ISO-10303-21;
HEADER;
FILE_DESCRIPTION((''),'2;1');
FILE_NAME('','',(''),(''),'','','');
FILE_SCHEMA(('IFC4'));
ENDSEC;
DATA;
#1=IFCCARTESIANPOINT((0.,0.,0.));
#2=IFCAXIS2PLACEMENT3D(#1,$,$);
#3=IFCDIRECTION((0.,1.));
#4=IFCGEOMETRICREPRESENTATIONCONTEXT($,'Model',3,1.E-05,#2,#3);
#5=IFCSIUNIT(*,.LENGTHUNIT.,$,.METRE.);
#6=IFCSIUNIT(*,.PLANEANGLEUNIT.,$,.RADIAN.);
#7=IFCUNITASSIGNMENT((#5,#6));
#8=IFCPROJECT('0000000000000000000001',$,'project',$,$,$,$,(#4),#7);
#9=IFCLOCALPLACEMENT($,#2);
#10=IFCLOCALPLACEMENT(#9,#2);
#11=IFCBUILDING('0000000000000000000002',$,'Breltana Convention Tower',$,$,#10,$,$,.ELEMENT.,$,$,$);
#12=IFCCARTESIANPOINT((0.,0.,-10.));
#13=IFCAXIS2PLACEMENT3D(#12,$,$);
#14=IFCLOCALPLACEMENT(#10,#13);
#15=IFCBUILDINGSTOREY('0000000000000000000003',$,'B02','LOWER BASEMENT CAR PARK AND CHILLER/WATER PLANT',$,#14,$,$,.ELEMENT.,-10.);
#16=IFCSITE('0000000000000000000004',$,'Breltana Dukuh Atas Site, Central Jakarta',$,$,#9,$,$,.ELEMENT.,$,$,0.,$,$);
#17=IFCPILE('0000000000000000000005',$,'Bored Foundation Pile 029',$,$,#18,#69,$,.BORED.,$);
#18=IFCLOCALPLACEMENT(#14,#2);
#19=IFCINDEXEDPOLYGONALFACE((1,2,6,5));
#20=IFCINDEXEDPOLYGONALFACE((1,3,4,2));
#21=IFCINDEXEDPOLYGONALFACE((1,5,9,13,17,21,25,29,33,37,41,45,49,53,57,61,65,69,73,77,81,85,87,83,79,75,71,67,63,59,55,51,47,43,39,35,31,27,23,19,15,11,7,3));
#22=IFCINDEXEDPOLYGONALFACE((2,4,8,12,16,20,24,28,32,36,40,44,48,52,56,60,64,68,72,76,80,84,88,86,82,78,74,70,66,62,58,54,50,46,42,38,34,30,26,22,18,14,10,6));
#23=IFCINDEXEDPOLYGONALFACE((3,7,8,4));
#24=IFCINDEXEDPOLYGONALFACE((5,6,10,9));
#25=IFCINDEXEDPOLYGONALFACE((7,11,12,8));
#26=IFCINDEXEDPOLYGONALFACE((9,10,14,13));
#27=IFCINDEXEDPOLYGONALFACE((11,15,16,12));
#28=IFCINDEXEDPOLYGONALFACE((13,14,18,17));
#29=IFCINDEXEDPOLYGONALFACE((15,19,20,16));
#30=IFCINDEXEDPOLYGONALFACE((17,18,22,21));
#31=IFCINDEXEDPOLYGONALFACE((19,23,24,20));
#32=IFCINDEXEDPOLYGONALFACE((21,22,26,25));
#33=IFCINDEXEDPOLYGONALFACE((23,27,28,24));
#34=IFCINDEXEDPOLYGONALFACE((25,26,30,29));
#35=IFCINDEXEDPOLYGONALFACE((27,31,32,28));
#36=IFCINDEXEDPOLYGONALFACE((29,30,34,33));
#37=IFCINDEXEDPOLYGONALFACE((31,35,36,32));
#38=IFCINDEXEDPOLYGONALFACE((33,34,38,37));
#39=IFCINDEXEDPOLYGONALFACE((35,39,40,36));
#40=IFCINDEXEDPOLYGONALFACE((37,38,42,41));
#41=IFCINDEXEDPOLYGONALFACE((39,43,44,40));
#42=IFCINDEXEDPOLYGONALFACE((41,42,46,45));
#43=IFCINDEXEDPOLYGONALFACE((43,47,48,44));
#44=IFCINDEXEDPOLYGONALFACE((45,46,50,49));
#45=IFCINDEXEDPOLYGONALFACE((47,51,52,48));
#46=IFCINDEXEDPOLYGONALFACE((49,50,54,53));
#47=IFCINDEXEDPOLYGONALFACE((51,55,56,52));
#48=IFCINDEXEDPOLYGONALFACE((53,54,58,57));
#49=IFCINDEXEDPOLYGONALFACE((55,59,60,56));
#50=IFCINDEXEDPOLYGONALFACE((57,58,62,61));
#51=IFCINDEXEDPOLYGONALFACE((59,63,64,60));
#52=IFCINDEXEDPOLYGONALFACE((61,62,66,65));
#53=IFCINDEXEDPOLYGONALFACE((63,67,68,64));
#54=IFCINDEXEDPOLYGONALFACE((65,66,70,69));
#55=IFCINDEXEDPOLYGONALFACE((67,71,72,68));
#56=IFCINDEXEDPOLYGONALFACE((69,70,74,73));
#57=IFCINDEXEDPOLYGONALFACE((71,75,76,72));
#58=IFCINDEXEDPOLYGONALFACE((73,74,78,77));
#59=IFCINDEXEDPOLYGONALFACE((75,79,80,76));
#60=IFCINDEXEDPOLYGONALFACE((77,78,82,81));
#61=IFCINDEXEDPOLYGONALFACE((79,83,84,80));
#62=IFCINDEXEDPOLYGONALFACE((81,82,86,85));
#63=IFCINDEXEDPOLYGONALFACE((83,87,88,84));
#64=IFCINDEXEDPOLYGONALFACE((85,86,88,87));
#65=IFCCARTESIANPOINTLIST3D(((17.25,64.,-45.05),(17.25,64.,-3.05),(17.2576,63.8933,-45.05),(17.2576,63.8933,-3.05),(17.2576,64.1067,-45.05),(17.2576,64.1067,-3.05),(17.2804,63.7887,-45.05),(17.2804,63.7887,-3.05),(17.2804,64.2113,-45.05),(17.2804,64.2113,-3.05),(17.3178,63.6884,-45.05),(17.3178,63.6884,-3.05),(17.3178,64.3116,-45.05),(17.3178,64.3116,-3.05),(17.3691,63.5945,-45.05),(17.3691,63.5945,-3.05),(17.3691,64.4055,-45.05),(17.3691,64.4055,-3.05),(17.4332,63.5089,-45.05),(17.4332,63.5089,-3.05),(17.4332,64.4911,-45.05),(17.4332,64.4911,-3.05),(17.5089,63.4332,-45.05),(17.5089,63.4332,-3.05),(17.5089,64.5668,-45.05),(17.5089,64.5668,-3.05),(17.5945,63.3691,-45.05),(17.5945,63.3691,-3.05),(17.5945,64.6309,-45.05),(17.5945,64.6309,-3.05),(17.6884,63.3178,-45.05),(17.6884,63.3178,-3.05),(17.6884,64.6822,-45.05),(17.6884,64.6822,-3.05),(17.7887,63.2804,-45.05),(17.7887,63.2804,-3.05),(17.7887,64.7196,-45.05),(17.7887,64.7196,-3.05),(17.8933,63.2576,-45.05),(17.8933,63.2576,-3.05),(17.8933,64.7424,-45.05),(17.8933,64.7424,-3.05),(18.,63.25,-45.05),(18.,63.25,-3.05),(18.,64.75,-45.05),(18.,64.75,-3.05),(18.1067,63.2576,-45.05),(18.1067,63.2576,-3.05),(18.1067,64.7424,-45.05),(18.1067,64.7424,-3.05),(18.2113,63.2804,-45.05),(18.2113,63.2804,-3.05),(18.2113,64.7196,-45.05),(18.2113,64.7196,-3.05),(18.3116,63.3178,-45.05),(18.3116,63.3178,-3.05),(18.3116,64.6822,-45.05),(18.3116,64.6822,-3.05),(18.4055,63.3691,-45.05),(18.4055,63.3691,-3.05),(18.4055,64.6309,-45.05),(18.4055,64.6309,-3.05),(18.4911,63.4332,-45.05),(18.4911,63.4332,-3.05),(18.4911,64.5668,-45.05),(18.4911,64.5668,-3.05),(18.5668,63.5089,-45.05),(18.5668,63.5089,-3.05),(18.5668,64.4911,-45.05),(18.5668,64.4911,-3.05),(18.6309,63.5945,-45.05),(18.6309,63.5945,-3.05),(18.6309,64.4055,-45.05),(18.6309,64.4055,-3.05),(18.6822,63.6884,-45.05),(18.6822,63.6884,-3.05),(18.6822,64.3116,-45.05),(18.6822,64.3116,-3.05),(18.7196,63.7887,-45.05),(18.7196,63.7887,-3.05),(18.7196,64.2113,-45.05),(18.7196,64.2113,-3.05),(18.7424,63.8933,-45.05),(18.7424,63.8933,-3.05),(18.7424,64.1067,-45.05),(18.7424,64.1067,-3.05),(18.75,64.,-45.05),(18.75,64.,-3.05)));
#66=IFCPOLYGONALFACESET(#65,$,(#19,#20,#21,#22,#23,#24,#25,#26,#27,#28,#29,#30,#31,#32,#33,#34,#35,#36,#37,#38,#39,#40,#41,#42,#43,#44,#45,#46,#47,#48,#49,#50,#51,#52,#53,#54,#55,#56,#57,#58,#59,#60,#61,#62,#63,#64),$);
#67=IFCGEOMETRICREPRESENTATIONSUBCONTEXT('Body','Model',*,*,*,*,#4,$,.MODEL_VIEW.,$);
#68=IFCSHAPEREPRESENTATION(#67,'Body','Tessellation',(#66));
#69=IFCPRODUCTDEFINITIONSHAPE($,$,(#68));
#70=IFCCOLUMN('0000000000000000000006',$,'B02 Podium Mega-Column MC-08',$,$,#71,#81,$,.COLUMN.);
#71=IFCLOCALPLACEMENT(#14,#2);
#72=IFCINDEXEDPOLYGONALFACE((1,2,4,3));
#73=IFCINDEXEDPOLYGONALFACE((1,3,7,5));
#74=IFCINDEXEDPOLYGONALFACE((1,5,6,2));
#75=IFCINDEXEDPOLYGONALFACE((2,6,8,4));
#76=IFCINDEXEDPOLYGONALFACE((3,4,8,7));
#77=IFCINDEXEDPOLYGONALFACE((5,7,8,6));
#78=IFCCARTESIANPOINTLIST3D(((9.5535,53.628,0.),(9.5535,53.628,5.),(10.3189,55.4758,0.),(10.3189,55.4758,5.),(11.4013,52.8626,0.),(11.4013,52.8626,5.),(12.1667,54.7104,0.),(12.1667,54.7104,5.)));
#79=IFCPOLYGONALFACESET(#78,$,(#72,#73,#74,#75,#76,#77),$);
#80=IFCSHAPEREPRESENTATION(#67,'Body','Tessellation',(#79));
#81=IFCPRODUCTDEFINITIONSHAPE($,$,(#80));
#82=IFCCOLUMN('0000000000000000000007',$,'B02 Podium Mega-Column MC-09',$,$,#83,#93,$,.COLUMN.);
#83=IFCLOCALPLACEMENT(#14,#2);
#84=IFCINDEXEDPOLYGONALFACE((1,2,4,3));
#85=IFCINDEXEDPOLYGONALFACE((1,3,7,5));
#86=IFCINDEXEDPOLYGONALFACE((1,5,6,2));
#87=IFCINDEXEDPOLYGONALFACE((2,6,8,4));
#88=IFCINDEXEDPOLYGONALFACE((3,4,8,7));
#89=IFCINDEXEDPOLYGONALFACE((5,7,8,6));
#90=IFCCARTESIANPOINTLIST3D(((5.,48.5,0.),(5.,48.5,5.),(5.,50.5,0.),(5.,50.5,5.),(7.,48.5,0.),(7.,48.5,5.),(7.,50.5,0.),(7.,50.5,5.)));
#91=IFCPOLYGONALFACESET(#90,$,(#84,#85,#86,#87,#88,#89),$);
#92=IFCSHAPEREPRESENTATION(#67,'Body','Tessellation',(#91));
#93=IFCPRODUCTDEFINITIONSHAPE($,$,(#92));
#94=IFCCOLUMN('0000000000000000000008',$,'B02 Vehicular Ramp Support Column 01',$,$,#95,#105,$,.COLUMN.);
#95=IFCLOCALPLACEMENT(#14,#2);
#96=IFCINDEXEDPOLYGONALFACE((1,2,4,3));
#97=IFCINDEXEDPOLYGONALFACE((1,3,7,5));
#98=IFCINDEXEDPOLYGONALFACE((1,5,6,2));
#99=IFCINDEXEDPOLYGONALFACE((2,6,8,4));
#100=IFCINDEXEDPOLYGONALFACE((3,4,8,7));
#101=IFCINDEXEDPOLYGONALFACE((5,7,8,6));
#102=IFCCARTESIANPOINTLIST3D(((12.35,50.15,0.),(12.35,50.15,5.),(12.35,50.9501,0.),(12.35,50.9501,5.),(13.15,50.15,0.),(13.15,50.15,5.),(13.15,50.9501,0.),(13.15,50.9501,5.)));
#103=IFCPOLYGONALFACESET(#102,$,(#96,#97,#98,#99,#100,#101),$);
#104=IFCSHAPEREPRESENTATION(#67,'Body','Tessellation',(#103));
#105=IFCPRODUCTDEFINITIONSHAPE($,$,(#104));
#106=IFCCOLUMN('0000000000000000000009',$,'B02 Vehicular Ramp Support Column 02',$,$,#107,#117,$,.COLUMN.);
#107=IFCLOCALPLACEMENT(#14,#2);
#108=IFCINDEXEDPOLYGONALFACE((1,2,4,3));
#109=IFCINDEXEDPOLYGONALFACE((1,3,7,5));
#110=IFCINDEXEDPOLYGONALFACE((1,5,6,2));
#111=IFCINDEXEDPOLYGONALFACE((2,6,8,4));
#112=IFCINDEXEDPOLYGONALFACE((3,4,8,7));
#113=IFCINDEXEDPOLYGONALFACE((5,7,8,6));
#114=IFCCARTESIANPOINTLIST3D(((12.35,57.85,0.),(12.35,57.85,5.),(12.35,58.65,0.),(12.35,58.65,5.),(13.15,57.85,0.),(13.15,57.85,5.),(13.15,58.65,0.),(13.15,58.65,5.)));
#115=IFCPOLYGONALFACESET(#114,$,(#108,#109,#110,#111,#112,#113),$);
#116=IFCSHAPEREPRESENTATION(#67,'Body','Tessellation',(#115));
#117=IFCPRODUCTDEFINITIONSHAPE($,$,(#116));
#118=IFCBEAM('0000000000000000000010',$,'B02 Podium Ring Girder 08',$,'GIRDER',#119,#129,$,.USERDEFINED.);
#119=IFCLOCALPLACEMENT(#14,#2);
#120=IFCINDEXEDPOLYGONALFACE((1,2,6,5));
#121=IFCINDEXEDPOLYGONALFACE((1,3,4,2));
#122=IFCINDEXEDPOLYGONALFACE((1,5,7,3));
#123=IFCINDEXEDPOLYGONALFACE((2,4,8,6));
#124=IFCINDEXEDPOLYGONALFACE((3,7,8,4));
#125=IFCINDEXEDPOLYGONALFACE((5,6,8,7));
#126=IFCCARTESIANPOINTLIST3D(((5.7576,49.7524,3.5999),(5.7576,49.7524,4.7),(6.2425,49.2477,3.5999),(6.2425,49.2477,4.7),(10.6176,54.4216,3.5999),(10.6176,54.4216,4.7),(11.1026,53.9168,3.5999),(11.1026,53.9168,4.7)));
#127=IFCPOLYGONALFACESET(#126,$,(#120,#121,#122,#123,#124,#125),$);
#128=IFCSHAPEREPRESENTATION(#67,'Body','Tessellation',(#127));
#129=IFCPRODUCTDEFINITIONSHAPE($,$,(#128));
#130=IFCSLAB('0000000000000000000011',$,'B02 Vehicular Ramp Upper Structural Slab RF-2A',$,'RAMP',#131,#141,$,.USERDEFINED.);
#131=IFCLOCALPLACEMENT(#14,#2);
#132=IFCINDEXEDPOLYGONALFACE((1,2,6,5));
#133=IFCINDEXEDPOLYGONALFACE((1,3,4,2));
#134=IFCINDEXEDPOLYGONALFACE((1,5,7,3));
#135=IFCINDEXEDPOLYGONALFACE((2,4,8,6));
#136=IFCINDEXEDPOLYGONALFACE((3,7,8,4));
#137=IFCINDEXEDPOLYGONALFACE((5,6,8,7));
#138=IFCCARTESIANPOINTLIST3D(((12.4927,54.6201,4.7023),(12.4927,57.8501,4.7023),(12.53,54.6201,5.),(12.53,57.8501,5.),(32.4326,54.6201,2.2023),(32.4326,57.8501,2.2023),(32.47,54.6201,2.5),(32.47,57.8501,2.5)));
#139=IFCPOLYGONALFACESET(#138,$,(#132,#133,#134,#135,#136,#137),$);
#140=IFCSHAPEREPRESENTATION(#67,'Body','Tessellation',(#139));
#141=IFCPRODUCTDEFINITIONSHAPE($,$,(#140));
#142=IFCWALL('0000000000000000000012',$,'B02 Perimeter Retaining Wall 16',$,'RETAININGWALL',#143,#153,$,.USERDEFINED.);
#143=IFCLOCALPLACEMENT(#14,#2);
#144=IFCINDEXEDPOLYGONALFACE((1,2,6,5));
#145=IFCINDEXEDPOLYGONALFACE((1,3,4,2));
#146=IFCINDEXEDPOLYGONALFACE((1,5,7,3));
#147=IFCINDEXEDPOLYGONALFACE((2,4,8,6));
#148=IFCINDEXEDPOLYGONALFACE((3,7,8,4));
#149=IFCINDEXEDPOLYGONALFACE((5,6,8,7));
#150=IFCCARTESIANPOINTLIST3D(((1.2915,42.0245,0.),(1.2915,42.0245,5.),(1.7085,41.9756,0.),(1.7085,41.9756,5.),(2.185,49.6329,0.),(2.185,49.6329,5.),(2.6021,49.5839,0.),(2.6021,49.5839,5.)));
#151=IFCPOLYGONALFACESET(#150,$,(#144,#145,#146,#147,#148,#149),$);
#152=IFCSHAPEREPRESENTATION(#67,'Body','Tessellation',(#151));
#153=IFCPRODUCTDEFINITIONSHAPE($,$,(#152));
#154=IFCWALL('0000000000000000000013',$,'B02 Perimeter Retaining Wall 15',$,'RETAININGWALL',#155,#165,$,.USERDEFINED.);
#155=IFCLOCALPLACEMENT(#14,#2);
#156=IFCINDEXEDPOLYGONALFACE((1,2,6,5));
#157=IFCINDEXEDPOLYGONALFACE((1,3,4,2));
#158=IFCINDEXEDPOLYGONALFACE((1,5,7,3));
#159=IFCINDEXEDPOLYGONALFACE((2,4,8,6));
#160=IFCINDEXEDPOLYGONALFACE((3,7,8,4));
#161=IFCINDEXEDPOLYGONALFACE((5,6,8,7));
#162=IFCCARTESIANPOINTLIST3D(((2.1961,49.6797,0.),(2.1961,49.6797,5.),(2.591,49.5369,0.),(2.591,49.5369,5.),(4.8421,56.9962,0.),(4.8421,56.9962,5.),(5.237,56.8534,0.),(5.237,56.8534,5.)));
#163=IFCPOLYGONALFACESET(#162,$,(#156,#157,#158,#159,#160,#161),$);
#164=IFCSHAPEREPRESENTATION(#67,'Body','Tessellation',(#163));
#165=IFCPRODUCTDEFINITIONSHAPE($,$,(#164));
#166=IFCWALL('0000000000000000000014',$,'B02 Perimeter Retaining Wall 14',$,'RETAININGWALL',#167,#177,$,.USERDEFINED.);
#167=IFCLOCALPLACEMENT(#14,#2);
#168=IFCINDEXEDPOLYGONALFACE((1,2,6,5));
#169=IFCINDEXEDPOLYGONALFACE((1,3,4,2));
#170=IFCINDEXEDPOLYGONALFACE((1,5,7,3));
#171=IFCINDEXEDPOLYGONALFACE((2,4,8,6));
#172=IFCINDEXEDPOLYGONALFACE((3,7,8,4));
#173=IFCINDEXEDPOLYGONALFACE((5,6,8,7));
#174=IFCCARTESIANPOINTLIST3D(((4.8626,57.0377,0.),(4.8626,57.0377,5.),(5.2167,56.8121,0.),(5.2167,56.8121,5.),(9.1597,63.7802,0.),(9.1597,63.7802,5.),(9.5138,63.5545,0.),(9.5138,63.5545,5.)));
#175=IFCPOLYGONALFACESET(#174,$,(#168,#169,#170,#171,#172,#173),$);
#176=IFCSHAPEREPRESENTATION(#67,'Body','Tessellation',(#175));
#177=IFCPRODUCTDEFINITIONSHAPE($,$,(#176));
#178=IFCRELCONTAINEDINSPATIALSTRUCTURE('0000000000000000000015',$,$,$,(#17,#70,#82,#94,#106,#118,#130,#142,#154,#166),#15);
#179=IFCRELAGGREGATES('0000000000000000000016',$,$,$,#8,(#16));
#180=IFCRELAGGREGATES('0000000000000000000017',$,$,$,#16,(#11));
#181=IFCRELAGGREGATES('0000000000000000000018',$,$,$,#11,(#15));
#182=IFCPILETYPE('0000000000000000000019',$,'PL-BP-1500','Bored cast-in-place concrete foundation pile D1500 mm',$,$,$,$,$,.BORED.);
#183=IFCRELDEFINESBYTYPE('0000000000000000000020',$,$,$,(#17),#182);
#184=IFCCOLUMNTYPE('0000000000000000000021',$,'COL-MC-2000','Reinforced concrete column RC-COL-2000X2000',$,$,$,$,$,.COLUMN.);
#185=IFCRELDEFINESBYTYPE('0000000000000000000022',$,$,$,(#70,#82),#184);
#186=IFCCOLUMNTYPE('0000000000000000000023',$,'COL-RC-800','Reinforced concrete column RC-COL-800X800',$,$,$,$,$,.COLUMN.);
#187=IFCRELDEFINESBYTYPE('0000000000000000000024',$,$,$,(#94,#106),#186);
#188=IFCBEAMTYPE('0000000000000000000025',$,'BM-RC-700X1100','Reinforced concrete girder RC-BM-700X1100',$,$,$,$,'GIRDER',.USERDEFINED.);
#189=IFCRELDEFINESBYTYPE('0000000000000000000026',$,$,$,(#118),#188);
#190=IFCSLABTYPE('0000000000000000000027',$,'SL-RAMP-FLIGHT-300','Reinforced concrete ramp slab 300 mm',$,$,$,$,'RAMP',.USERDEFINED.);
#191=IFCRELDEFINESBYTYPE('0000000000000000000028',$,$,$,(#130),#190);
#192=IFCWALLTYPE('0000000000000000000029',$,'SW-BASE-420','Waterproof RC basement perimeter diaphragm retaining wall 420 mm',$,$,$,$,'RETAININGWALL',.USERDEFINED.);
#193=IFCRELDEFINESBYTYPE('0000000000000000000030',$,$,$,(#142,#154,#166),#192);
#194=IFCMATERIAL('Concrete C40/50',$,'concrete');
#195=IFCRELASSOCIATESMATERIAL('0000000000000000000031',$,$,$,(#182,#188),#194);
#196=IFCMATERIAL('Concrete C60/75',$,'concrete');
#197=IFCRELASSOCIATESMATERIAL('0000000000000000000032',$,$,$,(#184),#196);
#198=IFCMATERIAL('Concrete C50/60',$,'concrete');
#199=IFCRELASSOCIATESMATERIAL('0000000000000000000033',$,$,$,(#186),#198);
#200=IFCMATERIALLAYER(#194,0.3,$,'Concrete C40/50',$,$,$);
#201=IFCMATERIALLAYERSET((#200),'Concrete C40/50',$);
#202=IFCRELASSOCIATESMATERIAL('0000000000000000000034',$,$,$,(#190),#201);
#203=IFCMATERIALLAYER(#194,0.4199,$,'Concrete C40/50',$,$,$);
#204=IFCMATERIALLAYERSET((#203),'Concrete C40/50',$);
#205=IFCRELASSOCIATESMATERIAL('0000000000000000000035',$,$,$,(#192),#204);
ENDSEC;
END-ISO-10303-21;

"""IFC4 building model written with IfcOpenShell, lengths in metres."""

from ifc_helpers import new_model, si_unit, direction, frame, frame_2d, origin, origin_2d, place, context, subcontext, project, spatial, polyline, rectangle, circle, outline, extrude, source, transform, mapped, material, layer, layer_set, material_profile, profile_set, type_object, type_shapes, element, save


model = new_model("IFC4")

# Units and contexts
model_context = context("Model", 3, precision=1e-05, world=origin(), true_north=direction((0.0, 1.0)))
body_context = subcontext(model_context, "Body", "Model", "MODEL_VIEW")
ifc_project = project(units=[si_unit("LENGTHUNIT", "METRE"), si_unit("PLANEANGLEUNIT", "RADIAN")], contexts=[model_context])

# Site, building, storey
site_placement = place(None, origin())
site = spatial("IfcSite", under=ifc_project, at=site_placement, Name="Breltana Dukuh Atas Site, Central Jakarta", CompositionType="ELEMENT", RefElevation=0.0)
building_placement = place(site_placement, origin())
building = spatial("IfcBuilding", under=site, at=building_placement, Name="Breltana Convention Tower", CompositionType="ELEMENT")
storey_placement = place(building_placement, frame((0.0, 0.0, -10.0)))
storey = spatial("IfcBuildingStorey", under=building, at=storey_placement, Name="B02", Description="LOWER BASEMENT CAR PARK AND CHILLER/WATER PLANT", CompositionType="ELEMENT", Elevation=-10.0)

# Pile
ifc_material_1 = material(Name="Concrete C40/50", Category="concrete")
ifc_material_profile_1 = material_profile(ifc_material_1, circle(Radius=0.75, at=origin_2d()), Name="BP-D1500")
ifc_profile_set_1 = profile_set([ifc_material_profile_1], Name="Concrete C40/50")
pile_type_1 = type_object("IfcPileType", Name="PL-BP-1500", Description="Bored cast-in-place concrete foundation pile D1500 mm", PredefinedType="BORED", material=ifc_profile_set_1)
shared_shape_1 = source(origin(), body_context, "Body", "SweptSolid", [
    extrude(circle(Radius=0.75, at=origin_2d()), origin(), (0.0, 0.0, 1.0), 42.0),
])
type_shapes(pile_type_1, [shared_shape_1])
for number, where, z_axis, x_axis, name in (
    (1, (18.0, 64.0, -3.05), (0.0, 0.0, -1.0), (1.0, 0.0, 0.0), "Bored Foundation Pile 029"),
):
    element("IfcPile", number, at=place(storey_placement, frame(where, z_axis=z_axis, x_axis=x_axis)), inside=storey, type_object=pile_type_1, Name=name, PredefinedType="BORED", context=body_context, shape_type="MappedRepresentation", body=[
        mapped(shared_shape_1, transform((0.0, 0.0, 0.0), scale=1.0)),
    ])

# Columns
ifc_material_2 = material(Name="Concrete C60/75", Category="concrete")
ifc_material_profile_2 = material_profile(ifc_material_2, rectangle(XDim=2.0, YDim=2.0, at=origin_2d()), Name="RC-COL-2000X2000")
ifc_profile_set_2 = profile_set([ifc_material_profile_2], Name="Concrete C60/75")
column_type_1 = type_object("IfcColumnType", Name="COL-MC-2000", Description="Reinforced concrete column RC-COL-2000X2000", PredefinedType="COLUMN", material=ifc_profile_set_2)
shared_shape_2 = source(origin(), body_context, "Body", "SweptSolid", [
    extrude(rectangle(XDim=2.0, YDim=2.0, at=origin_2d()), origin(), (0.0, 0.0, 1.0), 5.0),
])
type_shapes(column_type_1, [shared_shape_2])
for number, where, z_axis, x_axis, name in (
    (2, (10.8601, 54.1692, 0.0), (0.0, 0.0, 1.0), (-0.92388, 0.382683, 0.0), "B02 Podium Mega-Column MC-08"),
    (3, (6.0, 49.5, 0.0), (0.0, 0.0, 1.0), (-1.0, 0.0, 0.0), "B02 Podium Mega-Column MC-09"),
):
    element("IfcColumn", number, at=place(storey_placement, frame(where, z_axis=z_axis, x_axis=x_axis)), inside=storey, type_object=column_type_1, Name=name, PredefinedType="COLUMN", context=body_context, shape_type="MappedRepresentation", body=[
        mapped(shared_shape_2, transform((0.0, 0.0, 0.0), scale=1.0)),
    ])
ifc_material_3 = material(Name="Concrete C50/60", Category="concrete")
ifc_material_profile_3 = material_profile(ifc_material_3, rectangle(XDim=0.8, YDim=0.8, at=origin_2d()), Name="RC-COL-800X800")
ifc_profile_set_3 = profile_set([ifc_material_profile_3], Name="Concrete C50/60")
column_type_2 = type_object("IfcColumnType", Name="COL-RC-800", Description="Reinforced concrete column RC-COL-800X800", PredefinedType="COLUMN", material=ifc_profile_set_3)
shared_shape_3 = source(origin(), body_context, "Body", "SweptSolid", [
    extrude(rectangle(XDim=0.8, YDim=0.8, at=origin_2d()), origin(), (0.0, 0.0, 1.0), 5.0),
])
type_shapes(column_type_2, [shared_shape_3])
for number, where, z_axis, x_axis, name in (
    (4, (12.75, 50.55, 0.0), (0.0, 0.0, 1.0), (1.0, 0.0, 0.0), "B02 Vehicular Ramp Support Column 01"),
    (5, (12.75, 58.25, 0.0), (0.0, 0.0, 1.0), (1.0, 0.0, 0.0), "B02 Vehicular Ramp Support Column 02"),
):
    element("IfcColumn", number, at=place(storey_placement, frame(where, z_axis=z_axis, x_axis=x_axis)), inside=storey, type_object=column_type_2, Name=name, PredefinedType="COLUMN", context=body_context, shape_type="MappedRepresentation", body=[
        mapped(shared_shape_3, transform((0.0, 0.0, 0.0), scale=1.0)),
    ])

# Beam
ifc_material_profile_4 = material_profile(ifc_material_1, rectangle(XDim=0.7, YDim=1.1001, at=origin_2d()), Name="RC-BM-700X1100")
ifc_profile_set_4 = profile_set([ifc_material_profile_4], Name="Concrete C40/50")
beam_type = type_object("IfcBeamType", Name="BM-RC-700X1100", Description="Reinforced concrete girder RC-BM-700X1100", ElementType="GIRDER", PredefinedType="USERDEFINED", material=ifc_profile_set_4)
shared_shape_4 = source(origin(), body_context, "Body", "SweptSolid", [
    extrude(rectangle(XDim=0.7, YDim=1.1001, at=origin_2d()), origin(), (0.0, 0.0, 1.0), 6.7395),
])
type_shapes(beam_type, [shared_shape_4])
beam_placement = place(storey_placement, frame((10.8601, 54.1692, 4.1499), z_axis=(-0.721129, -0.692801, 0.0), x_axis=(0.692801, -0.721129, 0.0)))
element("IfcBeam", 6, at=beam_placement, inside=storey, type_object=beam_type, Name="B02 Podium Ring Girder 08", ObjectType="GIRDER", PredefinedType="USERDEFINED", context=body_context, shape_type="MappedRepresentation", body=[
    mapped(shared_shape_4, transform((0.0, 0.0, 0.0), scale=1.0)),
])

# Slab
ifc_layer_1 = layer(ifc_material_1, 0.3, Name="Concrete C40/50")
ifc_layer_set_1 = layer_set([ifc_layer_1], Name="Concrete C40/50")
slab_type = type_object("IfcSlabType", Name="SL-RAMP-FLIGHT-300", Description="Reinforced concrete ramp slab 300 mm", ElementType="RAMP", PredefinedType="USERDEFINED", material=ifc_layer_set_1)
slab_placement = place(storey_placement, frame((12.53, 54.6201, 5.0), z_axis=(0.124403, 0.0, 0.992232), x_axis=(0.992232, 0.0, -0.124403)))
element("IfcSlab", 7, at=slab_placement, inside=storey, type_object=slab_type, Name="B02 Vehicular Ramp Upper Structural Slab RF-2A", ObjectType="RAMP", PredefinedType="USERDEFINED", context=body_context, shape_type="SweptSolid", body=[
    extrude(outline(polyline([(0.0, 0.0), (20.0961, 0.0), (20.0961, 3.23), (0.0, 3.23), (0.0, 0.0)])), origin(), (0.0, 0.0, -1.0), 0.3),
])

# Walls
ifc_layer_2 = layer(ifc_material_1, 0.4199, Name="Concrete C40/50")
ifc_layer_set_2 = layer_set([ifc_layer_2], Name="Concrete C40/50")
wall_type_1 = type_object("IfcWallType", Name="SW-BASE-420", Description="Waterproof RC basement perimeter diaphragm retaining wall 420 mm", ElementType="RETAININGWALL", PredefinedType="USERDEFINED", material=ifc_layer_set_2)
shared_shape_5 = source(origin(), body_context, "Body", "SweptSolid", [
    extrude(rectangle(XDim=7.6606, YDim=0.4199, at=frame_2d((3.8303, 0.0))), origin(), (0.0, 0.0, 1.0), 5.0),
])
wall_1_placement = place(storey_placement, frame((2.3936, 49.6084, 0.0), z_axis=(0.0, 0.0, 1.0), x_axis=(-0.116642, -0.993174, 0.0)))
element("IfcWall", 8, at=wall_1_placement, inside=storey, type_object=wall_type_1, Name="B02 Perimeter Retaining Wall 16", ObjectType="RETAININGWALL", PredefinedType="USERDEFINED", context=body_context, shape_type="MappedRepresentation", body=[
    mapped(shared_shape_5, transform((0.0, 0.0, 0.0), scale=1.0)),
])
shared_shape_6 = source(origin(), body_context, "Body", "SweptSolid", [
    extrude(rectangle(XDim=7.7803, YDim=0.4199, at=frame_2d((3.8901, 0.0))), origin(), (0.0, 0.0, 1.0), 5.0),
])
wall_2_placement = place(storey_placement, frame((5.0396, 56.9248, 0.0), z_axis=(0.0, 0.0, 1.0), x_axis=(-0.340095, -0.940391, 0.0)))
element("IfcWall", 9, at=wall_2_placement, inside=storey, type_object=wall_type_1, Name="B02 Perimeter Retaining Wall 15", ObjectType="RETAININGWALL", PredefinedType="USERDEFINED", context=body_context, shape_type="MappedRepresentation", body=[
    mapped(shared_shape_6, transform((0.0, 0.0, 0.0), scale=1.0)),
])
shared_shape_7 = source(origin(), body_context, "Body", "SweptSolid", [
    extrude(rectangle(XDim=7.9954, YDim=0.4199, at=frame_2d((3.9976, 0.0))), origin(), (0.0, 0.0, 1.0), 5.0),
])
wall_3_placement = place(storey_placement, frame((9.3367, 63.6672, 0.0), z_axis=(0.0, 0.0, 1.0), x_axis=(-0.537452, -0.843294, 0.0)))
element("IfcWall", 10, at=wall_3_placement, inside=storey, type_object=wall_type_1, Name="B02 Perimeter Retaining Wall 14", ObjectType="RETAININGWALL", PredefinedType="USERDEFINED", context=body_context, shape_type="MappedRepresentation", body=[
    mapped(shared_shape_7, transform((0.0, 0.0, 0.0), scale=1.0)),
])

save(model, "model.ifc")
